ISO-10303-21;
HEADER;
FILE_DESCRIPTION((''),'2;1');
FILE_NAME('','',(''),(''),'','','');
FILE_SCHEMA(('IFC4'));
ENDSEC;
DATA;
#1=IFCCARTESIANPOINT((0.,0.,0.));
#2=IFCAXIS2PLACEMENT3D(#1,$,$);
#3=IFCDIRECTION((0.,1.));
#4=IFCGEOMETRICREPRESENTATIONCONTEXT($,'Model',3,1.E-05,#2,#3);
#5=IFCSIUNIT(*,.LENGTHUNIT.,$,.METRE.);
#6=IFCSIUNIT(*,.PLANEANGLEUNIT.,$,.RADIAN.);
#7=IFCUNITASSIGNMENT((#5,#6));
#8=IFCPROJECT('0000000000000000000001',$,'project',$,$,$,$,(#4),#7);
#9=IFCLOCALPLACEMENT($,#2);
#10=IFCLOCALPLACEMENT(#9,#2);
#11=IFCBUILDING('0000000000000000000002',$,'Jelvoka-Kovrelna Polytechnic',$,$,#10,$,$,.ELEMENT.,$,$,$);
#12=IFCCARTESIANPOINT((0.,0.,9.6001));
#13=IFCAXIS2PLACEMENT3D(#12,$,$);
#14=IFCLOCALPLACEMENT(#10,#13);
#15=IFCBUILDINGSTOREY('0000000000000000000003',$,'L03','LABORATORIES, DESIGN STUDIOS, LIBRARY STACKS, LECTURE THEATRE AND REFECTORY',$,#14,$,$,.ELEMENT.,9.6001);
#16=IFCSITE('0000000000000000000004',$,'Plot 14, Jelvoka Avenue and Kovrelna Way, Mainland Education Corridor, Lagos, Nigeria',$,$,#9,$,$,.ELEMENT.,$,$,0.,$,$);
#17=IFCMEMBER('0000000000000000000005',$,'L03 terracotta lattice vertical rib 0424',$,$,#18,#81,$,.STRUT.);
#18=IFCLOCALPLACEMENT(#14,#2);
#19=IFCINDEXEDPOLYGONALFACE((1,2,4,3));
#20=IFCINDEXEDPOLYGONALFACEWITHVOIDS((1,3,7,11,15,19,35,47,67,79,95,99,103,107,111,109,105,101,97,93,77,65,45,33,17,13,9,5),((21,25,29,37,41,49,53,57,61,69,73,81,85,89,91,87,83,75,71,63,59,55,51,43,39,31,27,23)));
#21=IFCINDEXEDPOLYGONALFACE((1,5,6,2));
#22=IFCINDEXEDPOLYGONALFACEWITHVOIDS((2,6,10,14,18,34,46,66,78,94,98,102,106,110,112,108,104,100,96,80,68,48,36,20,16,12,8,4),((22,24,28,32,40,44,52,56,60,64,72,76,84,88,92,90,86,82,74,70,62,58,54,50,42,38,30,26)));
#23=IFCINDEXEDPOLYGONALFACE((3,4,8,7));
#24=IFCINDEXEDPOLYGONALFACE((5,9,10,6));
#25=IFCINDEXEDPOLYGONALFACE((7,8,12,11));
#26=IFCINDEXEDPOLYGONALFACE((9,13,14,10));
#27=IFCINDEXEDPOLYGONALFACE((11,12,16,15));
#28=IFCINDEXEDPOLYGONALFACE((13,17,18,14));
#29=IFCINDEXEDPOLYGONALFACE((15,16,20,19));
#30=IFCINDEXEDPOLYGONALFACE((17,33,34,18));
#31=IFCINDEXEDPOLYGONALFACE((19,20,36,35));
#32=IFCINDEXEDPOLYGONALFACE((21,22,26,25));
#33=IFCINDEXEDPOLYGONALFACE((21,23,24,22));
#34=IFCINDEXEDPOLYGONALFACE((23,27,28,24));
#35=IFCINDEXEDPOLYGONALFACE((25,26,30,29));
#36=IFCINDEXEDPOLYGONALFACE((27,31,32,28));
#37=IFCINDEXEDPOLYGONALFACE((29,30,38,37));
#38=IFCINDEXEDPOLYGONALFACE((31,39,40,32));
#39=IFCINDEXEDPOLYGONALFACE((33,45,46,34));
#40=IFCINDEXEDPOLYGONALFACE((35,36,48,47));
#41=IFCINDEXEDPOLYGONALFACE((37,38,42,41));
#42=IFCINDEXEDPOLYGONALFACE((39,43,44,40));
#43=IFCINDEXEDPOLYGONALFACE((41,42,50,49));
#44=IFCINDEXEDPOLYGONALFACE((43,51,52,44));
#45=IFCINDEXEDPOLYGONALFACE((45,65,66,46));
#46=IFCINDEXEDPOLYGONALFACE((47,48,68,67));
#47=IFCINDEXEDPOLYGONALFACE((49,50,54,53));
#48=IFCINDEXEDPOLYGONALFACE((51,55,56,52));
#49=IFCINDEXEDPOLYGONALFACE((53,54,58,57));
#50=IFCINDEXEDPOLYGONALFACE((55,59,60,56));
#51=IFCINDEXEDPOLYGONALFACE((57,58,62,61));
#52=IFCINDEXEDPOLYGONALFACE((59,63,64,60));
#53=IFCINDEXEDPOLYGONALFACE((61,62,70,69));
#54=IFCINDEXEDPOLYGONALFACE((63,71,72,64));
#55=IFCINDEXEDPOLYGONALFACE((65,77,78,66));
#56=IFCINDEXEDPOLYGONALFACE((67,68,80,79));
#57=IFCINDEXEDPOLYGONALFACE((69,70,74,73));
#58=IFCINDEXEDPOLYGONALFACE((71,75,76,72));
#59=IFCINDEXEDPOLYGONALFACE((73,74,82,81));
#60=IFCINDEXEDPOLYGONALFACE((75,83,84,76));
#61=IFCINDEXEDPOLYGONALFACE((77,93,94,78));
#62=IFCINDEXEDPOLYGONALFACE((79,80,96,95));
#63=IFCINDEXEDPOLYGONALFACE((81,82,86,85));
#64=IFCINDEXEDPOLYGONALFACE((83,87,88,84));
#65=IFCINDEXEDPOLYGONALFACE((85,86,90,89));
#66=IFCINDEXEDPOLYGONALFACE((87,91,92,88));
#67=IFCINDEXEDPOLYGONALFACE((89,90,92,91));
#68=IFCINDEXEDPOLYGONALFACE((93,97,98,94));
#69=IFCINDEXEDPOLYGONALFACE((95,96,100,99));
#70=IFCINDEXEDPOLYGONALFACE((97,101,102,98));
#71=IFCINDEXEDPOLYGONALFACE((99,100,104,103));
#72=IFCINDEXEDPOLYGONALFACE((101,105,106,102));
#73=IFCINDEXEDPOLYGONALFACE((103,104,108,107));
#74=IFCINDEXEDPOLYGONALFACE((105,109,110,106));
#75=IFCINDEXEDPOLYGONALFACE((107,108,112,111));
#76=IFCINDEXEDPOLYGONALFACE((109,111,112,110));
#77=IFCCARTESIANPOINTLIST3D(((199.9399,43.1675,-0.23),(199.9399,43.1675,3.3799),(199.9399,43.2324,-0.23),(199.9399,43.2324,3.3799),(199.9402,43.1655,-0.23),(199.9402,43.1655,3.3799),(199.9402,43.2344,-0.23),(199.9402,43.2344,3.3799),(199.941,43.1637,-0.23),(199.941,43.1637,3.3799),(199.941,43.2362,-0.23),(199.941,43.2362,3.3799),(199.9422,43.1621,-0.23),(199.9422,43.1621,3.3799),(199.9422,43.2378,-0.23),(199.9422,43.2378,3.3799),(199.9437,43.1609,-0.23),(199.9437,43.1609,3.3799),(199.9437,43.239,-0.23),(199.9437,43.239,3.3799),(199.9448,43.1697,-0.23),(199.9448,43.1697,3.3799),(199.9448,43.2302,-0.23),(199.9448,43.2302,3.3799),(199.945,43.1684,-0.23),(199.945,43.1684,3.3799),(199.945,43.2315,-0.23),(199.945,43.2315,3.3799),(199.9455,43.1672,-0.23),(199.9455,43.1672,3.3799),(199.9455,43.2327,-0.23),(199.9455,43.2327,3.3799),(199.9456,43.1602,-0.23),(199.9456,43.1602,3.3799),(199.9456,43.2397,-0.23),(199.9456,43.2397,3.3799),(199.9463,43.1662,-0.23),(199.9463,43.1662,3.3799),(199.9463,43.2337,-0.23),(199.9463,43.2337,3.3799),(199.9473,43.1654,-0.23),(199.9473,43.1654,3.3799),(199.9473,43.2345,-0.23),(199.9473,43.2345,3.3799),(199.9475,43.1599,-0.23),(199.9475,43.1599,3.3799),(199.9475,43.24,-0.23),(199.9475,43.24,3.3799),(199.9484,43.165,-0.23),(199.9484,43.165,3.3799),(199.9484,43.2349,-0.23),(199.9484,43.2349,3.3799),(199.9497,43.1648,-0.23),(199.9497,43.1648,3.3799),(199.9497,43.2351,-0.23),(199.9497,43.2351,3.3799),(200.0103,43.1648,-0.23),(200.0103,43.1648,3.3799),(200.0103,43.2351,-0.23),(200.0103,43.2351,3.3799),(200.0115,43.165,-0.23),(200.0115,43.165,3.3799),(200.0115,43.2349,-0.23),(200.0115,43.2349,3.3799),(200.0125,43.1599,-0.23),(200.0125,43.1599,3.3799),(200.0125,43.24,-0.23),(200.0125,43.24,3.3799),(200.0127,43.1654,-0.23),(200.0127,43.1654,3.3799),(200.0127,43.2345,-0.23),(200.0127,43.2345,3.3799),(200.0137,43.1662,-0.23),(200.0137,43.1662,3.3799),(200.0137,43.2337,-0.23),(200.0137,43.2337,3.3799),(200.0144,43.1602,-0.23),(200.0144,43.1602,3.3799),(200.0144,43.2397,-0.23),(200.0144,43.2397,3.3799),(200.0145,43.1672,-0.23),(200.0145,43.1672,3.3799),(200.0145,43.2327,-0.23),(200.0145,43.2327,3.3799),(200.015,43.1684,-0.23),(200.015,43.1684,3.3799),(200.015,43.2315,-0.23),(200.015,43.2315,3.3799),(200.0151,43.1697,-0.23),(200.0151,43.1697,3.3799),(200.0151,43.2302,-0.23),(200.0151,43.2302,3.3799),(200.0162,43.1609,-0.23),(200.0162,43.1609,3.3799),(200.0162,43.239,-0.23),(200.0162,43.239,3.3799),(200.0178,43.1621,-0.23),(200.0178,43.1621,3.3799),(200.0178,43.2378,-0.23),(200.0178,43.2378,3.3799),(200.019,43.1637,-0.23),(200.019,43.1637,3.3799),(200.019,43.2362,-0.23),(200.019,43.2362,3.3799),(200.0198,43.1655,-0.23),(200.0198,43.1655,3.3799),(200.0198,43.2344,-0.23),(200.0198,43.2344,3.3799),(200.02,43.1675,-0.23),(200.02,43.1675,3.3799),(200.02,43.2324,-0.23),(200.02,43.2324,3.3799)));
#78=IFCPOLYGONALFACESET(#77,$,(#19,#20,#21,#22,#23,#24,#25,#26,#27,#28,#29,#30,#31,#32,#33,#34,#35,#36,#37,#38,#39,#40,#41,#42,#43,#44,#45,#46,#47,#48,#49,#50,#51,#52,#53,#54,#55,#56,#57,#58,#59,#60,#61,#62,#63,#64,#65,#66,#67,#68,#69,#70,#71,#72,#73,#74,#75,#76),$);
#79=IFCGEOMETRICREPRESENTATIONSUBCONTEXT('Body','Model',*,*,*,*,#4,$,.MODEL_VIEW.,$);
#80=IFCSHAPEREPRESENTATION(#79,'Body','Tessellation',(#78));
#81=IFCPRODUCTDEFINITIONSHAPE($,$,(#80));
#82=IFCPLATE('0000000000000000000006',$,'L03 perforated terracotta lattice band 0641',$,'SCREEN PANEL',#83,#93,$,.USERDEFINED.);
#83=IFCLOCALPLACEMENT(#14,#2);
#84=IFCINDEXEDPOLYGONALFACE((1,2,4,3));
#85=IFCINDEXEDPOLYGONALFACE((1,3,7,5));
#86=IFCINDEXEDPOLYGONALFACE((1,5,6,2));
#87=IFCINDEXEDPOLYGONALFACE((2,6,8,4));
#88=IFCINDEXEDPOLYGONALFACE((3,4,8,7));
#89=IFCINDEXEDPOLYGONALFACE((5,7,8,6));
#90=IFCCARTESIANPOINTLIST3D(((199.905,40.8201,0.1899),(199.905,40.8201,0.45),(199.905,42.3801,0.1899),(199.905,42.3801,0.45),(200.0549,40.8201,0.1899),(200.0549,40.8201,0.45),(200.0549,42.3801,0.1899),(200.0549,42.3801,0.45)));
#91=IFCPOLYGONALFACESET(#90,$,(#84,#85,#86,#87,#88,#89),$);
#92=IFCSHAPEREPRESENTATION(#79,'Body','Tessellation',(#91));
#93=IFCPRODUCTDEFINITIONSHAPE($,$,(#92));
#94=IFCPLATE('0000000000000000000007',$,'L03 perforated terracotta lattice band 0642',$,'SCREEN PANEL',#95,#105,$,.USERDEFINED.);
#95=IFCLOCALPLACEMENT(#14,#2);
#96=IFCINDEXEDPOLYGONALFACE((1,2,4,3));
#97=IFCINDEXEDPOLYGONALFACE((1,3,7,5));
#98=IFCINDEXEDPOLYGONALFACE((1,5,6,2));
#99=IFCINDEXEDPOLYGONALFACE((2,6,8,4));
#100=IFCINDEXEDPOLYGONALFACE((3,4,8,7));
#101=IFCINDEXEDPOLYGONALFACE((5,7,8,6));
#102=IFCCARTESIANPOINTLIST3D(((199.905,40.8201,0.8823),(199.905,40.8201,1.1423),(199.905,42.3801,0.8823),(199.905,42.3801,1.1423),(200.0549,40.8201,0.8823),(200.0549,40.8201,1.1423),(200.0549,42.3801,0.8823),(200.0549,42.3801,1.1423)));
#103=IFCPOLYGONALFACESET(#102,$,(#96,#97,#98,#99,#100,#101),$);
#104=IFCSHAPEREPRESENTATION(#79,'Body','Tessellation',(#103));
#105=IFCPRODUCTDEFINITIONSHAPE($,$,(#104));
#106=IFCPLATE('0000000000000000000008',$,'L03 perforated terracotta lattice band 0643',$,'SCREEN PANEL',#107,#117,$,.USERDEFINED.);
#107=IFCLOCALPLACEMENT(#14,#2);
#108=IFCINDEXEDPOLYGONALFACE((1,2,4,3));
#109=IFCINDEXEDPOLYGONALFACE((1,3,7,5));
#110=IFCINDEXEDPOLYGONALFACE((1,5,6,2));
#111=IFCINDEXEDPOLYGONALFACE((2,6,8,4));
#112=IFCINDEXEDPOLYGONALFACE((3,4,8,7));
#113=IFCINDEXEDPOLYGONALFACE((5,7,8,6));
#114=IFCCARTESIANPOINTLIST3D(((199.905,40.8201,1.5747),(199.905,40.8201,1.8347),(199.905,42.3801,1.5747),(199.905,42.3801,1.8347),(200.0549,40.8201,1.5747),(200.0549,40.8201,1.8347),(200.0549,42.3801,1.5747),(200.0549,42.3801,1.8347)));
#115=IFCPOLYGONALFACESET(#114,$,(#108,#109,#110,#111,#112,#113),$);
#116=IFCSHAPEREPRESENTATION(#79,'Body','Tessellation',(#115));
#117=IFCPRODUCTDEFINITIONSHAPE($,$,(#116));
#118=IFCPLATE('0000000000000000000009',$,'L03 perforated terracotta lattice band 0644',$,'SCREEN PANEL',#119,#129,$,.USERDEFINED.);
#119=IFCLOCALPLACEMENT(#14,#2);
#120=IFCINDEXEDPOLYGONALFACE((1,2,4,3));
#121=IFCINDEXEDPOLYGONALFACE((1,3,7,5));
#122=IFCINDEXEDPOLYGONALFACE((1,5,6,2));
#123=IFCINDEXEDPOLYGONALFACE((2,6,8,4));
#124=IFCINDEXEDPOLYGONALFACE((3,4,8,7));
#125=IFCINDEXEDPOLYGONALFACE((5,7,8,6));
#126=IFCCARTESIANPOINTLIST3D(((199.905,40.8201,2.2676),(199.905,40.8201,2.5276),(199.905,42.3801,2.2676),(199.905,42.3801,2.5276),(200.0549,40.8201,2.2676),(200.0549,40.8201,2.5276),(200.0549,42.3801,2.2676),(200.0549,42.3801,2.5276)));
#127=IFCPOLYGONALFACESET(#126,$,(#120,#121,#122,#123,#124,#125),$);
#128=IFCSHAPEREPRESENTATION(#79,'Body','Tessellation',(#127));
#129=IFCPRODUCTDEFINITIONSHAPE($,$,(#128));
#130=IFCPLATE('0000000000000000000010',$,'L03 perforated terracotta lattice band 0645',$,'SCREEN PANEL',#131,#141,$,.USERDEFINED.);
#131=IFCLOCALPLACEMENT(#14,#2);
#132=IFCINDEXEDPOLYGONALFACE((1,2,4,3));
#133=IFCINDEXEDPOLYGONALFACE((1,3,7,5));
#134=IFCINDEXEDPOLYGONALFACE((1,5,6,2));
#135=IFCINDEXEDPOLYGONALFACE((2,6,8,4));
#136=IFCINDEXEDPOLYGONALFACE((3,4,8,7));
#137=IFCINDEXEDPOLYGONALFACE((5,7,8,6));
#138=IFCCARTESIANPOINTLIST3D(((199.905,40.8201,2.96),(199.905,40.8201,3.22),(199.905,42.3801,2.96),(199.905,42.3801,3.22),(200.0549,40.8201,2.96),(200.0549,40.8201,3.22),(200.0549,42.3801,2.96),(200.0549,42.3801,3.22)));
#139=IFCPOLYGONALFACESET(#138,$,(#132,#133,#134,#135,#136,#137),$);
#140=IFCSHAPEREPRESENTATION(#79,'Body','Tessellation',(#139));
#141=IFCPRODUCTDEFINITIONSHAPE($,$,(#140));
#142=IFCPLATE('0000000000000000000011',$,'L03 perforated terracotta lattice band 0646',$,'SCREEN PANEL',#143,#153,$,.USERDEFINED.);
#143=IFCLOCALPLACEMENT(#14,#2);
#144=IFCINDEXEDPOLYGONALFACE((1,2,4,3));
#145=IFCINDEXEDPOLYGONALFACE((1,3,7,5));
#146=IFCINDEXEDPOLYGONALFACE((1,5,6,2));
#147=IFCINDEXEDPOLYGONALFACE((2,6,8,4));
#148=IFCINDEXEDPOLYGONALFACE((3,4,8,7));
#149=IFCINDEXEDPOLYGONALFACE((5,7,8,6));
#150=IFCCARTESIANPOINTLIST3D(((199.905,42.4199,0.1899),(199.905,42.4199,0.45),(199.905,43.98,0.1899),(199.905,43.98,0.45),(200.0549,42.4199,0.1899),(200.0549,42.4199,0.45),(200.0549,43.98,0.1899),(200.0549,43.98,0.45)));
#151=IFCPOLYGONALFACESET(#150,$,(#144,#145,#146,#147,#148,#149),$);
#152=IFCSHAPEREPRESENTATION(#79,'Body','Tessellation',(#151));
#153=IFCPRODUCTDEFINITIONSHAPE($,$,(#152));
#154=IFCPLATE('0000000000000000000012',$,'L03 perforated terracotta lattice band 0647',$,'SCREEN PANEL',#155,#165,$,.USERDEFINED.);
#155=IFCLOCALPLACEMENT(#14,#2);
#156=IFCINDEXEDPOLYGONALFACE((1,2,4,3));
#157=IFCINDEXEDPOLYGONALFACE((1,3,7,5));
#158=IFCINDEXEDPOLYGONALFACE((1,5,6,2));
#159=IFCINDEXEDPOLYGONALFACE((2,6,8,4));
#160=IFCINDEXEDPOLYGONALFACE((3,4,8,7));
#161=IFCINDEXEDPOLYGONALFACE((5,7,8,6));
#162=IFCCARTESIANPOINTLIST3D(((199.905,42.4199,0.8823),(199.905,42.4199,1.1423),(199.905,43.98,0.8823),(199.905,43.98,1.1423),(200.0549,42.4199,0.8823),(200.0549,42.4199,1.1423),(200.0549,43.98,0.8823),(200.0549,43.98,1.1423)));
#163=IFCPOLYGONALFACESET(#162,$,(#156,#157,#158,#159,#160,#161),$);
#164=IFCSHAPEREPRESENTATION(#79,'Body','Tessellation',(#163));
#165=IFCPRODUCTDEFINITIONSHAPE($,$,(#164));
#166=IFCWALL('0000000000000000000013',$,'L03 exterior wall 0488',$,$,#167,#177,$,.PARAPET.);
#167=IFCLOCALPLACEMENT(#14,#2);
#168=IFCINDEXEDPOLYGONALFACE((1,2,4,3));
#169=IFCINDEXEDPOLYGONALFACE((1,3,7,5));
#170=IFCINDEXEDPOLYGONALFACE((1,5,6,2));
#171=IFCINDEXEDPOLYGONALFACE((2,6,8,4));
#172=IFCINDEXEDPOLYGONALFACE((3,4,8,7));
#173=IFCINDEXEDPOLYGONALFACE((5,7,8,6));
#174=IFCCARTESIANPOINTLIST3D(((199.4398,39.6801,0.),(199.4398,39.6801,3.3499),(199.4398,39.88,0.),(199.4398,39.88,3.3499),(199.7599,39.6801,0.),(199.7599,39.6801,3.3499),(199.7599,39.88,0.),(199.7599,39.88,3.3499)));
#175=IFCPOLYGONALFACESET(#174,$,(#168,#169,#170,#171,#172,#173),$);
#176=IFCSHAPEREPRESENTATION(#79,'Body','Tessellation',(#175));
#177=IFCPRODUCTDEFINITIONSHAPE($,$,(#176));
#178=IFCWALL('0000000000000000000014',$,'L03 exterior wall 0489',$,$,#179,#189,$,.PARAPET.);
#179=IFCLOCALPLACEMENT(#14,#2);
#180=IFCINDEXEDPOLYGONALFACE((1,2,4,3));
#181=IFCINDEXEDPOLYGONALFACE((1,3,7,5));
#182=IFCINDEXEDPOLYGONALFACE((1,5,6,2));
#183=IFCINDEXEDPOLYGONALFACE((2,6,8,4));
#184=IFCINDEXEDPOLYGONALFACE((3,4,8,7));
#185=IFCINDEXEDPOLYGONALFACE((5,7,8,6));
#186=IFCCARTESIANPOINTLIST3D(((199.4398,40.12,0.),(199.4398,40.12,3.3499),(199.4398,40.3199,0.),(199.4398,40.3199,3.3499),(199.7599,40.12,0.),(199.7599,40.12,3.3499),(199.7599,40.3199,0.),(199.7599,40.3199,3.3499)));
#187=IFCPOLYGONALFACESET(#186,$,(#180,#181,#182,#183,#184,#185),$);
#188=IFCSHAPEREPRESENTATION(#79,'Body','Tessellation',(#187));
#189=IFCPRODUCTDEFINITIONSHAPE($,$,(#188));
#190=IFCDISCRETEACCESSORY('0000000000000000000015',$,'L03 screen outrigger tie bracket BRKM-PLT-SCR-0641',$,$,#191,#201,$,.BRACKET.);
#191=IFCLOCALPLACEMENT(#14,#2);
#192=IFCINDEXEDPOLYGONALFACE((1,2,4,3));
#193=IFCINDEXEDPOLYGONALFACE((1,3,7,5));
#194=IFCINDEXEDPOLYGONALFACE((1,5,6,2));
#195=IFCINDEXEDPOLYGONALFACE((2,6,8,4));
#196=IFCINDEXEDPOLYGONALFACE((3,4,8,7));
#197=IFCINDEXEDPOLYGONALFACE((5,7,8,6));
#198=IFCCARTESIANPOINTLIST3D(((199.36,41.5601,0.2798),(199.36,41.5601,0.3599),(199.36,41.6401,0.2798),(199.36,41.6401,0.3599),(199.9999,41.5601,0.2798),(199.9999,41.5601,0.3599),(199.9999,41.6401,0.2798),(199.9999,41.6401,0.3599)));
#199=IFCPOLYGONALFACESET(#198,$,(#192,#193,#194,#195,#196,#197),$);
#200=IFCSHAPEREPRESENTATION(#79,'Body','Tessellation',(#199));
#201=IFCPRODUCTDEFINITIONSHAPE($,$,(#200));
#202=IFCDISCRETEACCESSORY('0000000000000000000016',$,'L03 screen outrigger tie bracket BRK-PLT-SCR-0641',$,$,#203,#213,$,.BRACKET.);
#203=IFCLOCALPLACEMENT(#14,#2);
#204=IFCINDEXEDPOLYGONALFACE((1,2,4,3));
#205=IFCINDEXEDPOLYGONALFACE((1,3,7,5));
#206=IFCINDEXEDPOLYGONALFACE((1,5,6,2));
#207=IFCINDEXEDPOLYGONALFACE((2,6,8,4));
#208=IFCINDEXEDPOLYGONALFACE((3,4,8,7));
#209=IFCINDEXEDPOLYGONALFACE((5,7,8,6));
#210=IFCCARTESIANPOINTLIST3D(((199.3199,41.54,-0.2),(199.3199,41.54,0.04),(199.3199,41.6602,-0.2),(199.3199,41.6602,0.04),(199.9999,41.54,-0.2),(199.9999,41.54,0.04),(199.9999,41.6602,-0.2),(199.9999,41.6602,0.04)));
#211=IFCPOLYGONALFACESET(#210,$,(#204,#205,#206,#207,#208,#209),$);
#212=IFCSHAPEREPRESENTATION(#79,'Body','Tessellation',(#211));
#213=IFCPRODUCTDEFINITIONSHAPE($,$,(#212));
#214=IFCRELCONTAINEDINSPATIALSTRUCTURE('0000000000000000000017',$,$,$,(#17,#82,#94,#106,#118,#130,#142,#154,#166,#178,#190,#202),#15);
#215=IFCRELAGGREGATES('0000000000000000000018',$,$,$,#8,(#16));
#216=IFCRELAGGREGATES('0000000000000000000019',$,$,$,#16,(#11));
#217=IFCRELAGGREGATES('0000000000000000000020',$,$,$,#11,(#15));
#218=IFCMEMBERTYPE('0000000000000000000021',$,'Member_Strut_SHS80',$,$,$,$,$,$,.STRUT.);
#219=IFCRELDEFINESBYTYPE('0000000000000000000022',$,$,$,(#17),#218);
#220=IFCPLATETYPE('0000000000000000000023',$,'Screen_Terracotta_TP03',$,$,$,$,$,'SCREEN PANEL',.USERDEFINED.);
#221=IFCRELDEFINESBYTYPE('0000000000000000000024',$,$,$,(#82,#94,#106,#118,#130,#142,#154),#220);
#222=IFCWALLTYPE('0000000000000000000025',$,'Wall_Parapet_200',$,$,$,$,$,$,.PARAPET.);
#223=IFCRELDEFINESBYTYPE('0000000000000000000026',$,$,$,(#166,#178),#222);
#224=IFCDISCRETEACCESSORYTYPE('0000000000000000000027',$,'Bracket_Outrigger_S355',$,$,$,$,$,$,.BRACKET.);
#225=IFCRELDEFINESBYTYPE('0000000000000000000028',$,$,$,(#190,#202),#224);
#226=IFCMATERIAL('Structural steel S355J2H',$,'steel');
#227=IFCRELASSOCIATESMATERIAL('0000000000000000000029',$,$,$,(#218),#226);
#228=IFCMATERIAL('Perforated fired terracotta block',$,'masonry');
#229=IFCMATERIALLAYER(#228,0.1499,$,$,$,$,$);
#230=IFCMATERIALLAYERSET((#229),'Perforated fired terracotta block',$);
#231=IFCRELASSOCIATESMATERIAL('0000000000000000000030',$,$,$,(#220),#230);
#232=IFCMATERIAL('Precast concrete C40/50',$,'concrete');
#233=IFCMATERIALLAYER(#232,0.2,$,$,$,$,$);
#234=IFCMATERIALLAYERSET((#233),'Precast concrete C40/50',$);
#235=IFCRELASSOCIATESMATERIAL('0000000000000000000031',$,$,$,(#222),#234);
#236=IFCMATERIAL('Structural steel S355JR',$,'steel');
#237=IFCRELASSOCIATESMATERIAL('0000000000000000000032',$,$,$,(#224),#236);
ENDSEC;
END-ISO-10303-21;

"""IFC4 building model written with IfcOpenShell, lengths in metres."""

from ifc_helpers import new_model, si_unit, direction, frame, frame_2d, origin, origin_2d, place, context, subcontext, project, spatial, rectangle, hollow_rectangle, extrude, material, layer, layer_set, material_profile, profile_set, type_object, element, save


model = new_model("IFC4")

# Units and contexts
model_context = context("Model", 3, precision=1e-05, world=origin(), true_north=direction((0.0, 1.0)))
body_context = subcontext(model_context, "Body", "Model", "MODEL_VIEW")
ifc_project = project(units=[si_unit("LENGTHUNIT", "METRE"), si_unit("PLANEANGLEUNIT", "RADIAN")], contexts=[model_context])

# Site, building, storey
site_placement = place(None, origin())
site = spatial("IfcSite", under=ifc_project, at=site_placement, Name="Plot 14, Jelvoka Avenue and Kovrelna Way, Mainland Education Corridor, Lagos, Nigeria", CompositionType="ELEMENT", RefElevation=0.0)
building_placement = place(site_placement, origin())
building = spatial("IfcBuilding", under=site, at=building_placement, Name="Jelvoka-Kovrelna Polytechnic", CompositionType="ELEMENT")
storey_placement = place(building_placement, frame((0.0, 0.0, 9.6001)))
storey = spatial("IfcBuildingStorey", under=building, at=storey_placement, Name="L03", Description="LABORATORIES, DESIGN STUDIOS, LIBRARY STACKS, LECTURE THEATRE AND REFECTORY", CompositionType="ELEMENT", Elevation=9.6001)

# Member
ifc_material_1 = material(Name="Structural steel S355J2H", Category="steel")
ifc_material_profile_1 = material_profile(ifc_material_1, hollow_rectangle(XDim=0.0801, YDim=0.0801, WallThickness=0.0049, InnerFilletRadius=0.0049, OuterFilletRadius=0.0076, at=origin_2d()), Name="80x80x5.0 SHS")
ifc_profile_set_1 = profile_set([ifc_material_profile_1], Name="Structural steel S355J2H")
member_type_1 = type_object("IfcMemberType", Name="Member_Strut_SHS80", PredefinedType="STRUT", material=ifc_profile_set_1)
for number, where, z_axis, x_axis, name in (
    (1, (199.98, 43.2, -0.23), (0.0, 0.0, 1.0), (1.0, 0.0, 0.0), "L03 terracotta lattice vertical rib 0424"),
):
    element("IfcMember", number, at=place(storey_placement, frame(where, z_axis=z_axis, x_axis=x_axis)), inside=storey, type_object=member_type_1, Name=name, PredefinedType="STRUT", context=body_context, shape_type="SweptSolid", body=[
        extrude(hollow_rectangle(XDim=0.0801, YDim=0.0801, WallThickness=0.0049, InnerFilletRadius=0.0049, OuterFilletRadius=0.0076, at=origin_2d()), origin(), (0.0, 0.0, 1.0), 3.6099),
    ])

# Plates
ifc_material_2 = material(Name="Perforated fired terracotta block", Category="masonry")
ifc_layer_1 = layer(ifc_material_2, 0.1499)
ifc_layer_set_1 = layer_set([ifc_layer_1], Name="Perforated fired terracotta block")
plate_type = type_object("IfcPlateType", Name="Screen_Terracotta_TP03", ElementType="SCREEN PANEL", PredefinedType="USERDEFINED", material=ifc_layer_set_1)
for number, where, z_axis, x_axis, name in (
    (2, (199.98, 41.6001, 0.1899), (0.0, 0.0, 1.0), (0.0, 1.0, 0.0), "L03 perforated terracotta lattice band 0641"),
    (3, (199.98, 41.6001, 0.8823), (0.0, 0.0, 1.0), (0.0, 1.0, 0.0), "L03 perforated terracotta lattice band 0642"),
    (4, (199.98, 41.6001, 1.5747), (0.0, 0.0, 1.0), (0.0, 1.0, 0.0), "L03 perforated terracotta lattice band 0643"),
    (5, (199.98, 41.6001, 2.2676), (0.0, 0.0, 1.0), (0.0, 1.0, 0.0), "L03 perforated terracotta lattice band 0644"),
    (6, (199.98, 41.6001, 2.96), (0.0, 0.0, 1.0), (0.0, 1.0, 0.0), "L03 perforated terracotta lattice band 0645"),
    (7, (199.98, 43.2, 0.1899), (0.0, 0.0, 1.0), (0.0, 1.0, 0.0), "L03 perforated terracotta lattice band 0646"),
    (8, (199.98, 43.2, 0.8823), (0.0, 0.0, 1.0), (0.0, 1.0, 0.0), "L03 perforated terracotta lattice band 0647"),
):
    element("IfcPlate", number, at=place(storey_placement, frame(where, z_axis=z_axis, x_axis=x_axis)), inside=storey, type_object=plate_type, Name=name, ObjectType="SCREEN PANEL", PredefinedType="USERDEFINED", context=body_context, shape_type="SweptSolid", body=[
        extrude(rectangle(XDim=1.5601, YDim=0.1499, at=origin_2d()), origin(), (0.0, 0.0, 1.0), 0.26),
    ])

# Walls
ifc_material_3 = material(Name="Precast concrete C40/50", Category="concrete")
ifc_layer_2 = layer(ifc_material_3, 0.2)
ifc_layer_set_2 = layer_set([ifc_layer_2], Name="Precast concrete C40/50")
wall_type = type_object("IfcWallType", Name="Wall_Parapet_200", PredefinedType="PARAPET", material=ifc_layer_set_2)
for number, where, z_axis, x_axis, name in (
    (9, (199.76, 39.78, 0.0), (0.0, 0.0, 1.0), (-1.0, 0.0, 0.0), "L03 exterior wall 0488"),
    (10, (199.76, 40.22, 0.0), (0.0, 0.0, 1.0), (-1.0, 0.0, 0.0), "L03 exterior wall 0489"),
):
    element("IfcWall", number, at=place(storey_placement, frame(where, z_axis=z_axis, x_axis=x_axis)), inside=storey, type_object=wall_type, Name=name, PredefinedType="PARAPET", context=body_context, shape_type="SweptSolid", body=[
        extrude(rectangle(XDim=0.3201, YDim=0.2, at=frame_2d((0.1602, 0.0))), origin(), (0.0, 0.0, 1.0), 3.3499),
    ])

# Discrete accessories
ifc_material_4 = material(Name="Structural steel S355JR", Category="steel")
discrete_accessory_type = type_object("IfcDiscreteAccessoryType", Name="Bracket_Outrigger_S355", PredefinedType="BRACKET", material=ifc_material_4)
discrete_accessory_1_placement = place(storey_placement, frame((199.6799, 41.6001, 0.2798), z_axis=(0.0, 0.0, 1.0), x_axis=(1.0, 0.0, 0.0)))
element("IfcDiscreteAccessory", 11, at=discrete_accessory_1_placement, inside=storey, type_object=discrete_accessory_type, Name="L03 screen outrigger tie bracket BRKM-PLT-SCR-0641", PredefinedType="BRACKET", context=body_context, shape_type="SweptSolid", body=[
    extrude(rectangle(XDim=0.6399, YDim=0.0801, at=origin_2d()), origin(), (0.0, 0.0, 1.0), 0.0801),
])
discrete_accessory_2_placement = place(storey_placement, frame((199.6599, 41.6001, -0.2), z_axis=(0.0, 0.0, 1.0), x_axis=(1.0, 0.0, 0.0)))
element("IfcDiscreteAccessory", 12, at=discrete_accessory_2_placement, inside=storey, type_object=discrete_accessory_type, Name="L03 screen outrigger tie bracket BRK-PLT-SCR-0641", PredefinedType="BRACKET", context=body_context, shape_type="SweptSolid", body=[
    extrude(rectangle(XDim=0.6799, YDim=0.1201, at=origin_2d()), origin(), (0.0, 0.0, 1.0), 0.24),
])

save(model, "model.ifc")
